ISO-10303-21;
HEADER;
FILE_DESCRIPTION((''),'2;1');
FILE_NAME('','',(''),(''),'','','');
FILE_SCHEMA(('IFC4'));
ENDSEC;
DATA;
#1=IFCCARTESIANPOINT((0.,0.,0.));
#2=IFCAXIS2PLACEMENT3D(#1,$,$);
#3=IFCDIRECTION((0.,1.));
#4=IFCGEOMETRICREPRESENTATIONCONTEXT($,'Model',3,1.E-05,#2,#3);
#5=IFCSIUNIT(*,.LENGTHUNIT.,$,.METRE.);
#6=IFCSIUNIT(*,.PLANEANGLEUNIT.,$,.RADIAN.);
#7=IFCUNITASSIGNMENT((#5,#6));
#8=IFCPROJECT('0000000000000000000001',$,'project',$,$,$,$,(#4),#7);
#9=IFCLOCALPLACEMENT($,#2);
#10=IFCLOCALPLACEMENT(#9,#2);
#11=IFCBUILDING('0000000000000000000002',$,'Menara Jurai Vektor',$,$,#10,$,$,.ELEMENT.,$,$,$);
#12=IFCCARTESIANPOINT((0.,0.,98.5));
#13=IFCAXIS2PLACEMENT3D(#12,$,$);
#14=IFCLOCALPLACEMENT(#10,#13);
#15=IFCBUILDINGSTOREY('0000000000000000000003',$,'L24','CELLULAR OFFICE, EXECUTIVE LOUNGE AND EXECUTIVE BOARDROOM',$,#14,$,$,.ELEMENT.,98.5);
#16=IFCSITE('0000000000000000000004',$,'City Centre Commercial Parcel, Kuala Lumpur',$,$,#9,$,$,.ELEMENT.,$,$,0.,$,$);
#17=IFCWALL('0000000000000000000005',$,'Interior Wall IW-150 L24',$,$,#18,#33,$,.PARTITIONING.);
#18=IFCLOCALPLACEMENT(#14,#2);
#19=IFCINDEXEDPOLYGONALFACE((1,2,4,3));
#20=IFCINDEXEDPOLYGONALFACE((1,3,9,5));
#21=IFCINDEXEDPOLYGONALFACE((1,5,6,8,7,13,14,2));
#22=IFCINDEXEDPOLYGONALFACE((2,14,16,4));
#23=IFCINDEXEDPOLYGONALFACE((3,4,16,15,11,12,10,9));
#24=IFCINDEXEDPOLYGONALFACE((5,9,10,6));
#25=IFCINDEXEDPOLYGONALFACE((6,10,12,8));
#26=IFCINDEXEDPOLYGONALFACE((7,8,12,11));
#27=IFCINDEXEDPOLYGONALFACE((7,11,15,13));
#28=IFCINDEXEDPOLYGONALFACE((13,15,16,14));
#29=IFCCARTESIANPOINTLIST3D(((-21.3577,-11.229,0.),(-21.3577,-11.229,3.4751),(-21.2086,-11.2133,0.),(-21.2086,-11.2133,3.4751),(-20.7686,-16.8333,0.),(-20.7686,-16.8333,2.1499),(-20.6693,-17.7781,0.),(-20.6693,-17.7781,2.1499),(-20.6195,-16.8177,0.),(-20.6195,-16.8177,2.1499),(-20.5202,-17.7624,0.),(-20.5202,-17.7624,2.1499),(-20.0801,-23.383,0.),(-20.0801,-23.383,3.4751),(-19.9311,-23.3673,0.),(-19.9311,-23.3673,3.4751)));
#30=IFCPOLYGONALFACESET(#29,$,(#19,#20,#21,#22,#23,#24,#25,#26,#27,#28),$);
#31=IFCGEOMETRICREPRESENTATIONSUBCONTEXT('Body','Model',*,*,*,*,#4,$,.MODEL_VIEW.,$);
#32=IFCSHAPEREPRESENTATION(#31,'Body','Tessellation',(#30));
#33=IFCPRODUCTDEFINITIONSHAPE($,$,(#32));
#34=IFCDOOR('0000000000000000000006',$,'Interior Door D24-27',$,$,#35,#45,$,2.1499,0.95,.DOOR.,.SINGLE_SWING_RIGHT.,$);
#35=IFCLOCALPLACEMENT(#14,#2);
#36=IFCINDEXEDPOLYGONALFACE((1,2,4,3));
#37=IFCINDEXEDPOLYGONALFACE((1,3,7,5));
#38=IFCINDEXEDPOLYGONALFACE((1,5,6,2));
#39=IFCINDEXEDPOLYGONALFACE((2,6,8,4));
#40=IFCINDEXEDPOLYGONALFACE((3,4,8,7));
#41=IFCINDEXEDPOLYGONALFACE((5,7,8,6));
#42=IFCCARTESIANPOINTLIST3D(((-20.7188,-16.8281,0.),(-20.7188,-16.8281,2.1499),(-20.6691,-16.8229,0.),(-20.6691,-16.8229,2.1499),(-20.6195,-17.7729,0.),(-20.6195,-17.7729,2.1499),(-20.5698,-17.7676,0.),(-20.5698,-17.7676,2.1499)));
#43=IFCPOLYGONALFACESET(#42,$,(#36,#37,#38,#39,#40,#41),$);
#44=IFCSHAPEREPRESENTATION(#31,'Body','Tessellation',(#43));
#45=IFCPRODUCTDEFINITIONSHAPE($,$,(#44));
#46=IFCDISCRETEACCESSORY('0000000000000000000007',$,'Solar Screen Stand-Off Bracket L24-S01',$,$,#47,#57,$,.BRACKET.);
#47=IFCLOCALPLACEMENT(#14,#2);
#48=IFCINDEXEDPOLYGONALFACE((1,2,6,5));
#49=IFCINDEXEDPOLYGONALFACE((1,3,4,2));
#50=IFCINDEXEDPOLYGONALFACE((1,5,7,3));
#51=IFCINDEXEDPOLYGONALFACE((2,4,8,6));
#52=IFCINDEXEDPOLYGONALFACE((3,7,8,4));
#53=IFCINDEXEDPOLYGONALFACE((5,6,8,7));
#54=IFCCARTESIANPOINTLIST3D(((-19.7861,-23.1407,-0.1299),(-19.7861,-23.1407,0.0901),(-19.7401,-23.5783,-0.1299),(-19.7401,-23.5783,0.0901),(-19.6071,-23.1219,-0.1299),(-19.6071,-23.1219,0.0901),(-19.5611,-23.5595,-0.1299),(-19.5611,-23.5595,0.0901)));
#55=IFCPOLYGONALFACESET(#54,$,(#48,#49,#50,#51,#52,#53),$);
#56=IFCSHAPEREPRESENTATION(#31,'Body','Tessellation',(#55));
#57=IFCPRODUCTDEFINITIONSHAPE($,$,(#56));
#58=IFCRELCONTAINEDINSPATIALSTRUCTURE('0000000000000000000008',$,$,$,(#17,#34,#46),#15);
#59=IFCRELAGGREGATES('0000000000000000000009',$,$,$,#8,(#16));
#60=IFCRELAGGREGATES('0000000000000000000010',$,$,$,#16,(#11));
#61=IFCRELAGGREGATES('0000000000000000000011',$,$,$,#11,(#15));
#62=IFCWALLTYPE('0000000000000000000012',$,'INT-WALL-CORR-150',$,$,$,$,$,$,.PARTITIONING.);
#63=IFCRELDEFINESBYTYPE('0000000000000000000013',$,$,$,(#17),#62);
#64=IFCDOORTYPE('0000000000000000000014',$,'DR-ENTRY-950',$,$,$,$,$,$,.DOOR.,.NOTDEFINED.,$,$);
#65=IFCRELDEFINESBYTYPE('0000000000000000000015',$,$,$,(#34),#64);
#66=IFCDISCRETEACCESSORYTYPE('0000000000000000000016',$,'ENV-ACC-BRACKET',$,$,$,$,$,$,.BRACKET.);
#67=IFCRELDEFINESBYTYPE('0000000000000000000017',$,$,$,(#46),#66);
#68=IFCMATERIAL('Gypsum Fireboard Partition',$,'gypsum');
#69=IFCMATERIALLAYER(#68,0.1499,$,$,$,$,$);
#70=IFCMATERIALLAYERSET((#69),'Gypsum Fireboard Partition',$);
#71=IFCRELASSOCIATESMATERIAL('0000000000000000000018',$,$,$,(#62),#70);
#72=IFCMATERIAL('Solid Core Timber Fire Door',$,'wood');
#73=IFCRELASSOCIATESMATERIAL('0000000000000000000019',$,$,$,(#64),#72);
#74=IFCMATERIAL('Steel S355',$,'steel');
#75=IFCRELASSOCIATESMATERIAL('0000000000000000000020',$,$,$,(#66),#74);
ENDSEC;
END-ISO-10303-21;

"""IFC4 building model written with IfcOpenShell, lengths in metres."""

from ifc_helpers import new_model, si_unit, direction, frame, frame_2d, origin, origin_2d, place, context, subcontext, project, spatial, rectangle, extrude, material, layer, layer_set, type_object, element, fill, save


model = new_model("IFC4")

# Units and contexts
model_context = context("Model", 3, precision=1e-05, world=origin(), true_north=direction((0.0, 1.0)))
body_context = subcontext(model_context, "Body", "Model", "MODEL_VIEW")
ifc_project = project(units=[si_unit("LENGTHUNIT", "METRE"), si_unit("PLANEANGLEUNIT", "RADIAN")], contexts=[model_context])

# Site, building, storey
site_placement = place(None, origin())
site = spatial("IfcSite", under=ifc_project, at=site_placement, Name="City Centre Commercial Parcel, Kuala Lumpur", CompositionType="ELEMENT", RefElevation=0.0)
building_placement = place(site_placement, origin())
building = spatial("IfcBuilding", under=site, at=building_placement, Name="Menara Jurai Vektor", CompositionType="ELEMENT")
storey_placement = place(building_placement, frame((0.0, 0.0, 98.5)))
storey = spatial("IfcBuildingStorey", under=building, at=storey_placement, Name="L24", Description="CELLULAR OFFICE, EXECUTIVE LOUNGE AND EXECUTIVE BOARDROOM", CompositionType="ELEMENT", Elevation=98.5)

# Shared definitions
ifc_material_1 = material(Name="Steel S355", Category="steel")

# Wall, opening, door
ifc_material_2 = material(Name="Gypsum Fireboard Partition", Category="gypsum")
ifc_layer_1 = layer(ifc_material_2, 0.1499)
ifc_layer_set_1 = layer_set([ifc_layer_1], Name="Gypsum Fireboard Partition")
wall_type = type_object("IfcWallType", Name="INT-WALL-CORR-150", PredefinedType="PARTITIONING", material=ifc_layer_set_1)
wall_placement = place(storey_placement, frame((-20.0056, -23.375, 0.0), z_axis=(0.0, 0.0, 1.0), x_axis=(-0.10454, 0.994521, 0.0)))
wall = element("IfcWall", 1, at=wall_placement, inside=storey, type_object=wall_type, Name="Interior Wall IW-150 L24", PredefinedType="PARTITIONING", context=body_context, shape_type="SweptSolid", body=[
    extrude(rectangle(XDim=12.2209, YDim=0.1499, at=frame_2d((6.1104, 0.0))), origin(), (0.0, 0.0, 1.0), 3.4751),
])
opening_placement = place(wall_placement, frame((5.6355, 0.0, 0.0)))
opening = element("IfcOpeningElement", 2, at=opening_placement, cuts=wall, PredefinedType="OPENING", context=body_context, shape_type="SweptSolid", body=[
    extrude(rectangle(XDim=0.95, YDim=2.1499, at=frame_2d((0.4751, 1.075))), frame((0.0, 0.085, 0.0), z_axis=(0.0, -1.0, 0.0), x_axis=(1.0, 0.0, 0.0)), (0.0, 0.0, 1.0), 0.1699),
])
ifc_material_3 = material(Name="Solid Core Timber Fire Door", Category="wood")
door_type = type_object("IfcDoorType", Name="DR-ENTRY-950", OperationType="NOTDEFINED", PredefinedType="DOOR", material=ifc_material_3)
door_placement = place(opening_placement, origin())
door = element("IfcDoor", 3, at=door_placement, inside=storey, type_object=door_type, Name="Interior Door D24-27", OperationType="SINGLE_SWING_RIGHT", OverallHeight=2.1499, OverallWidth=0.95, PredefinedType="DOOR", context=body_context, shape_type="SweptSolid", body=[
    extrude(rectangle(XDim=0.95, YDim=2.1499, at=frame_2d((0.4751, 1.075))), frame((0.0, 0.0249, 0.0), z_axis=(0.0, -1.0, 0.0), x_axis=(1.0, 0.0, 0.0)), (0.0, 0.0, 1.0), 0.05),
])
fill(opening, door)

# Discrete accessory
discrete_accessory_type = type_object("IfcDiscreteAccessoryType", Name="ENV-ACC-BRACKET", PredefinedType="BRACKET", material=ifc_material_1)
discrete_accessory_placement = place(storey_placement, frame((-19.6736, -23.3501, -0.1299), z_axis=(0.0, 0.0, 1.0), x_axis=(0.994522, 0.104528, 0.0)))
element("IfcDiscreteAccessory", 4, at=discrete_accessory_placement, inside=storey, type_object=discrete_accessory_type, Name="Solar Screen Stand-Off Bracket L24-S01", PredefinedType="BRACKET", context=body_context, shape_type="SweptSolid", body=[
    extrude(rectangle(XDim=0.1799, YDim=0.4399, at=origin_2d()), origin(), (0.0, 0.0, 1.0), 0.22),
])

save(model, "model.ifc")
